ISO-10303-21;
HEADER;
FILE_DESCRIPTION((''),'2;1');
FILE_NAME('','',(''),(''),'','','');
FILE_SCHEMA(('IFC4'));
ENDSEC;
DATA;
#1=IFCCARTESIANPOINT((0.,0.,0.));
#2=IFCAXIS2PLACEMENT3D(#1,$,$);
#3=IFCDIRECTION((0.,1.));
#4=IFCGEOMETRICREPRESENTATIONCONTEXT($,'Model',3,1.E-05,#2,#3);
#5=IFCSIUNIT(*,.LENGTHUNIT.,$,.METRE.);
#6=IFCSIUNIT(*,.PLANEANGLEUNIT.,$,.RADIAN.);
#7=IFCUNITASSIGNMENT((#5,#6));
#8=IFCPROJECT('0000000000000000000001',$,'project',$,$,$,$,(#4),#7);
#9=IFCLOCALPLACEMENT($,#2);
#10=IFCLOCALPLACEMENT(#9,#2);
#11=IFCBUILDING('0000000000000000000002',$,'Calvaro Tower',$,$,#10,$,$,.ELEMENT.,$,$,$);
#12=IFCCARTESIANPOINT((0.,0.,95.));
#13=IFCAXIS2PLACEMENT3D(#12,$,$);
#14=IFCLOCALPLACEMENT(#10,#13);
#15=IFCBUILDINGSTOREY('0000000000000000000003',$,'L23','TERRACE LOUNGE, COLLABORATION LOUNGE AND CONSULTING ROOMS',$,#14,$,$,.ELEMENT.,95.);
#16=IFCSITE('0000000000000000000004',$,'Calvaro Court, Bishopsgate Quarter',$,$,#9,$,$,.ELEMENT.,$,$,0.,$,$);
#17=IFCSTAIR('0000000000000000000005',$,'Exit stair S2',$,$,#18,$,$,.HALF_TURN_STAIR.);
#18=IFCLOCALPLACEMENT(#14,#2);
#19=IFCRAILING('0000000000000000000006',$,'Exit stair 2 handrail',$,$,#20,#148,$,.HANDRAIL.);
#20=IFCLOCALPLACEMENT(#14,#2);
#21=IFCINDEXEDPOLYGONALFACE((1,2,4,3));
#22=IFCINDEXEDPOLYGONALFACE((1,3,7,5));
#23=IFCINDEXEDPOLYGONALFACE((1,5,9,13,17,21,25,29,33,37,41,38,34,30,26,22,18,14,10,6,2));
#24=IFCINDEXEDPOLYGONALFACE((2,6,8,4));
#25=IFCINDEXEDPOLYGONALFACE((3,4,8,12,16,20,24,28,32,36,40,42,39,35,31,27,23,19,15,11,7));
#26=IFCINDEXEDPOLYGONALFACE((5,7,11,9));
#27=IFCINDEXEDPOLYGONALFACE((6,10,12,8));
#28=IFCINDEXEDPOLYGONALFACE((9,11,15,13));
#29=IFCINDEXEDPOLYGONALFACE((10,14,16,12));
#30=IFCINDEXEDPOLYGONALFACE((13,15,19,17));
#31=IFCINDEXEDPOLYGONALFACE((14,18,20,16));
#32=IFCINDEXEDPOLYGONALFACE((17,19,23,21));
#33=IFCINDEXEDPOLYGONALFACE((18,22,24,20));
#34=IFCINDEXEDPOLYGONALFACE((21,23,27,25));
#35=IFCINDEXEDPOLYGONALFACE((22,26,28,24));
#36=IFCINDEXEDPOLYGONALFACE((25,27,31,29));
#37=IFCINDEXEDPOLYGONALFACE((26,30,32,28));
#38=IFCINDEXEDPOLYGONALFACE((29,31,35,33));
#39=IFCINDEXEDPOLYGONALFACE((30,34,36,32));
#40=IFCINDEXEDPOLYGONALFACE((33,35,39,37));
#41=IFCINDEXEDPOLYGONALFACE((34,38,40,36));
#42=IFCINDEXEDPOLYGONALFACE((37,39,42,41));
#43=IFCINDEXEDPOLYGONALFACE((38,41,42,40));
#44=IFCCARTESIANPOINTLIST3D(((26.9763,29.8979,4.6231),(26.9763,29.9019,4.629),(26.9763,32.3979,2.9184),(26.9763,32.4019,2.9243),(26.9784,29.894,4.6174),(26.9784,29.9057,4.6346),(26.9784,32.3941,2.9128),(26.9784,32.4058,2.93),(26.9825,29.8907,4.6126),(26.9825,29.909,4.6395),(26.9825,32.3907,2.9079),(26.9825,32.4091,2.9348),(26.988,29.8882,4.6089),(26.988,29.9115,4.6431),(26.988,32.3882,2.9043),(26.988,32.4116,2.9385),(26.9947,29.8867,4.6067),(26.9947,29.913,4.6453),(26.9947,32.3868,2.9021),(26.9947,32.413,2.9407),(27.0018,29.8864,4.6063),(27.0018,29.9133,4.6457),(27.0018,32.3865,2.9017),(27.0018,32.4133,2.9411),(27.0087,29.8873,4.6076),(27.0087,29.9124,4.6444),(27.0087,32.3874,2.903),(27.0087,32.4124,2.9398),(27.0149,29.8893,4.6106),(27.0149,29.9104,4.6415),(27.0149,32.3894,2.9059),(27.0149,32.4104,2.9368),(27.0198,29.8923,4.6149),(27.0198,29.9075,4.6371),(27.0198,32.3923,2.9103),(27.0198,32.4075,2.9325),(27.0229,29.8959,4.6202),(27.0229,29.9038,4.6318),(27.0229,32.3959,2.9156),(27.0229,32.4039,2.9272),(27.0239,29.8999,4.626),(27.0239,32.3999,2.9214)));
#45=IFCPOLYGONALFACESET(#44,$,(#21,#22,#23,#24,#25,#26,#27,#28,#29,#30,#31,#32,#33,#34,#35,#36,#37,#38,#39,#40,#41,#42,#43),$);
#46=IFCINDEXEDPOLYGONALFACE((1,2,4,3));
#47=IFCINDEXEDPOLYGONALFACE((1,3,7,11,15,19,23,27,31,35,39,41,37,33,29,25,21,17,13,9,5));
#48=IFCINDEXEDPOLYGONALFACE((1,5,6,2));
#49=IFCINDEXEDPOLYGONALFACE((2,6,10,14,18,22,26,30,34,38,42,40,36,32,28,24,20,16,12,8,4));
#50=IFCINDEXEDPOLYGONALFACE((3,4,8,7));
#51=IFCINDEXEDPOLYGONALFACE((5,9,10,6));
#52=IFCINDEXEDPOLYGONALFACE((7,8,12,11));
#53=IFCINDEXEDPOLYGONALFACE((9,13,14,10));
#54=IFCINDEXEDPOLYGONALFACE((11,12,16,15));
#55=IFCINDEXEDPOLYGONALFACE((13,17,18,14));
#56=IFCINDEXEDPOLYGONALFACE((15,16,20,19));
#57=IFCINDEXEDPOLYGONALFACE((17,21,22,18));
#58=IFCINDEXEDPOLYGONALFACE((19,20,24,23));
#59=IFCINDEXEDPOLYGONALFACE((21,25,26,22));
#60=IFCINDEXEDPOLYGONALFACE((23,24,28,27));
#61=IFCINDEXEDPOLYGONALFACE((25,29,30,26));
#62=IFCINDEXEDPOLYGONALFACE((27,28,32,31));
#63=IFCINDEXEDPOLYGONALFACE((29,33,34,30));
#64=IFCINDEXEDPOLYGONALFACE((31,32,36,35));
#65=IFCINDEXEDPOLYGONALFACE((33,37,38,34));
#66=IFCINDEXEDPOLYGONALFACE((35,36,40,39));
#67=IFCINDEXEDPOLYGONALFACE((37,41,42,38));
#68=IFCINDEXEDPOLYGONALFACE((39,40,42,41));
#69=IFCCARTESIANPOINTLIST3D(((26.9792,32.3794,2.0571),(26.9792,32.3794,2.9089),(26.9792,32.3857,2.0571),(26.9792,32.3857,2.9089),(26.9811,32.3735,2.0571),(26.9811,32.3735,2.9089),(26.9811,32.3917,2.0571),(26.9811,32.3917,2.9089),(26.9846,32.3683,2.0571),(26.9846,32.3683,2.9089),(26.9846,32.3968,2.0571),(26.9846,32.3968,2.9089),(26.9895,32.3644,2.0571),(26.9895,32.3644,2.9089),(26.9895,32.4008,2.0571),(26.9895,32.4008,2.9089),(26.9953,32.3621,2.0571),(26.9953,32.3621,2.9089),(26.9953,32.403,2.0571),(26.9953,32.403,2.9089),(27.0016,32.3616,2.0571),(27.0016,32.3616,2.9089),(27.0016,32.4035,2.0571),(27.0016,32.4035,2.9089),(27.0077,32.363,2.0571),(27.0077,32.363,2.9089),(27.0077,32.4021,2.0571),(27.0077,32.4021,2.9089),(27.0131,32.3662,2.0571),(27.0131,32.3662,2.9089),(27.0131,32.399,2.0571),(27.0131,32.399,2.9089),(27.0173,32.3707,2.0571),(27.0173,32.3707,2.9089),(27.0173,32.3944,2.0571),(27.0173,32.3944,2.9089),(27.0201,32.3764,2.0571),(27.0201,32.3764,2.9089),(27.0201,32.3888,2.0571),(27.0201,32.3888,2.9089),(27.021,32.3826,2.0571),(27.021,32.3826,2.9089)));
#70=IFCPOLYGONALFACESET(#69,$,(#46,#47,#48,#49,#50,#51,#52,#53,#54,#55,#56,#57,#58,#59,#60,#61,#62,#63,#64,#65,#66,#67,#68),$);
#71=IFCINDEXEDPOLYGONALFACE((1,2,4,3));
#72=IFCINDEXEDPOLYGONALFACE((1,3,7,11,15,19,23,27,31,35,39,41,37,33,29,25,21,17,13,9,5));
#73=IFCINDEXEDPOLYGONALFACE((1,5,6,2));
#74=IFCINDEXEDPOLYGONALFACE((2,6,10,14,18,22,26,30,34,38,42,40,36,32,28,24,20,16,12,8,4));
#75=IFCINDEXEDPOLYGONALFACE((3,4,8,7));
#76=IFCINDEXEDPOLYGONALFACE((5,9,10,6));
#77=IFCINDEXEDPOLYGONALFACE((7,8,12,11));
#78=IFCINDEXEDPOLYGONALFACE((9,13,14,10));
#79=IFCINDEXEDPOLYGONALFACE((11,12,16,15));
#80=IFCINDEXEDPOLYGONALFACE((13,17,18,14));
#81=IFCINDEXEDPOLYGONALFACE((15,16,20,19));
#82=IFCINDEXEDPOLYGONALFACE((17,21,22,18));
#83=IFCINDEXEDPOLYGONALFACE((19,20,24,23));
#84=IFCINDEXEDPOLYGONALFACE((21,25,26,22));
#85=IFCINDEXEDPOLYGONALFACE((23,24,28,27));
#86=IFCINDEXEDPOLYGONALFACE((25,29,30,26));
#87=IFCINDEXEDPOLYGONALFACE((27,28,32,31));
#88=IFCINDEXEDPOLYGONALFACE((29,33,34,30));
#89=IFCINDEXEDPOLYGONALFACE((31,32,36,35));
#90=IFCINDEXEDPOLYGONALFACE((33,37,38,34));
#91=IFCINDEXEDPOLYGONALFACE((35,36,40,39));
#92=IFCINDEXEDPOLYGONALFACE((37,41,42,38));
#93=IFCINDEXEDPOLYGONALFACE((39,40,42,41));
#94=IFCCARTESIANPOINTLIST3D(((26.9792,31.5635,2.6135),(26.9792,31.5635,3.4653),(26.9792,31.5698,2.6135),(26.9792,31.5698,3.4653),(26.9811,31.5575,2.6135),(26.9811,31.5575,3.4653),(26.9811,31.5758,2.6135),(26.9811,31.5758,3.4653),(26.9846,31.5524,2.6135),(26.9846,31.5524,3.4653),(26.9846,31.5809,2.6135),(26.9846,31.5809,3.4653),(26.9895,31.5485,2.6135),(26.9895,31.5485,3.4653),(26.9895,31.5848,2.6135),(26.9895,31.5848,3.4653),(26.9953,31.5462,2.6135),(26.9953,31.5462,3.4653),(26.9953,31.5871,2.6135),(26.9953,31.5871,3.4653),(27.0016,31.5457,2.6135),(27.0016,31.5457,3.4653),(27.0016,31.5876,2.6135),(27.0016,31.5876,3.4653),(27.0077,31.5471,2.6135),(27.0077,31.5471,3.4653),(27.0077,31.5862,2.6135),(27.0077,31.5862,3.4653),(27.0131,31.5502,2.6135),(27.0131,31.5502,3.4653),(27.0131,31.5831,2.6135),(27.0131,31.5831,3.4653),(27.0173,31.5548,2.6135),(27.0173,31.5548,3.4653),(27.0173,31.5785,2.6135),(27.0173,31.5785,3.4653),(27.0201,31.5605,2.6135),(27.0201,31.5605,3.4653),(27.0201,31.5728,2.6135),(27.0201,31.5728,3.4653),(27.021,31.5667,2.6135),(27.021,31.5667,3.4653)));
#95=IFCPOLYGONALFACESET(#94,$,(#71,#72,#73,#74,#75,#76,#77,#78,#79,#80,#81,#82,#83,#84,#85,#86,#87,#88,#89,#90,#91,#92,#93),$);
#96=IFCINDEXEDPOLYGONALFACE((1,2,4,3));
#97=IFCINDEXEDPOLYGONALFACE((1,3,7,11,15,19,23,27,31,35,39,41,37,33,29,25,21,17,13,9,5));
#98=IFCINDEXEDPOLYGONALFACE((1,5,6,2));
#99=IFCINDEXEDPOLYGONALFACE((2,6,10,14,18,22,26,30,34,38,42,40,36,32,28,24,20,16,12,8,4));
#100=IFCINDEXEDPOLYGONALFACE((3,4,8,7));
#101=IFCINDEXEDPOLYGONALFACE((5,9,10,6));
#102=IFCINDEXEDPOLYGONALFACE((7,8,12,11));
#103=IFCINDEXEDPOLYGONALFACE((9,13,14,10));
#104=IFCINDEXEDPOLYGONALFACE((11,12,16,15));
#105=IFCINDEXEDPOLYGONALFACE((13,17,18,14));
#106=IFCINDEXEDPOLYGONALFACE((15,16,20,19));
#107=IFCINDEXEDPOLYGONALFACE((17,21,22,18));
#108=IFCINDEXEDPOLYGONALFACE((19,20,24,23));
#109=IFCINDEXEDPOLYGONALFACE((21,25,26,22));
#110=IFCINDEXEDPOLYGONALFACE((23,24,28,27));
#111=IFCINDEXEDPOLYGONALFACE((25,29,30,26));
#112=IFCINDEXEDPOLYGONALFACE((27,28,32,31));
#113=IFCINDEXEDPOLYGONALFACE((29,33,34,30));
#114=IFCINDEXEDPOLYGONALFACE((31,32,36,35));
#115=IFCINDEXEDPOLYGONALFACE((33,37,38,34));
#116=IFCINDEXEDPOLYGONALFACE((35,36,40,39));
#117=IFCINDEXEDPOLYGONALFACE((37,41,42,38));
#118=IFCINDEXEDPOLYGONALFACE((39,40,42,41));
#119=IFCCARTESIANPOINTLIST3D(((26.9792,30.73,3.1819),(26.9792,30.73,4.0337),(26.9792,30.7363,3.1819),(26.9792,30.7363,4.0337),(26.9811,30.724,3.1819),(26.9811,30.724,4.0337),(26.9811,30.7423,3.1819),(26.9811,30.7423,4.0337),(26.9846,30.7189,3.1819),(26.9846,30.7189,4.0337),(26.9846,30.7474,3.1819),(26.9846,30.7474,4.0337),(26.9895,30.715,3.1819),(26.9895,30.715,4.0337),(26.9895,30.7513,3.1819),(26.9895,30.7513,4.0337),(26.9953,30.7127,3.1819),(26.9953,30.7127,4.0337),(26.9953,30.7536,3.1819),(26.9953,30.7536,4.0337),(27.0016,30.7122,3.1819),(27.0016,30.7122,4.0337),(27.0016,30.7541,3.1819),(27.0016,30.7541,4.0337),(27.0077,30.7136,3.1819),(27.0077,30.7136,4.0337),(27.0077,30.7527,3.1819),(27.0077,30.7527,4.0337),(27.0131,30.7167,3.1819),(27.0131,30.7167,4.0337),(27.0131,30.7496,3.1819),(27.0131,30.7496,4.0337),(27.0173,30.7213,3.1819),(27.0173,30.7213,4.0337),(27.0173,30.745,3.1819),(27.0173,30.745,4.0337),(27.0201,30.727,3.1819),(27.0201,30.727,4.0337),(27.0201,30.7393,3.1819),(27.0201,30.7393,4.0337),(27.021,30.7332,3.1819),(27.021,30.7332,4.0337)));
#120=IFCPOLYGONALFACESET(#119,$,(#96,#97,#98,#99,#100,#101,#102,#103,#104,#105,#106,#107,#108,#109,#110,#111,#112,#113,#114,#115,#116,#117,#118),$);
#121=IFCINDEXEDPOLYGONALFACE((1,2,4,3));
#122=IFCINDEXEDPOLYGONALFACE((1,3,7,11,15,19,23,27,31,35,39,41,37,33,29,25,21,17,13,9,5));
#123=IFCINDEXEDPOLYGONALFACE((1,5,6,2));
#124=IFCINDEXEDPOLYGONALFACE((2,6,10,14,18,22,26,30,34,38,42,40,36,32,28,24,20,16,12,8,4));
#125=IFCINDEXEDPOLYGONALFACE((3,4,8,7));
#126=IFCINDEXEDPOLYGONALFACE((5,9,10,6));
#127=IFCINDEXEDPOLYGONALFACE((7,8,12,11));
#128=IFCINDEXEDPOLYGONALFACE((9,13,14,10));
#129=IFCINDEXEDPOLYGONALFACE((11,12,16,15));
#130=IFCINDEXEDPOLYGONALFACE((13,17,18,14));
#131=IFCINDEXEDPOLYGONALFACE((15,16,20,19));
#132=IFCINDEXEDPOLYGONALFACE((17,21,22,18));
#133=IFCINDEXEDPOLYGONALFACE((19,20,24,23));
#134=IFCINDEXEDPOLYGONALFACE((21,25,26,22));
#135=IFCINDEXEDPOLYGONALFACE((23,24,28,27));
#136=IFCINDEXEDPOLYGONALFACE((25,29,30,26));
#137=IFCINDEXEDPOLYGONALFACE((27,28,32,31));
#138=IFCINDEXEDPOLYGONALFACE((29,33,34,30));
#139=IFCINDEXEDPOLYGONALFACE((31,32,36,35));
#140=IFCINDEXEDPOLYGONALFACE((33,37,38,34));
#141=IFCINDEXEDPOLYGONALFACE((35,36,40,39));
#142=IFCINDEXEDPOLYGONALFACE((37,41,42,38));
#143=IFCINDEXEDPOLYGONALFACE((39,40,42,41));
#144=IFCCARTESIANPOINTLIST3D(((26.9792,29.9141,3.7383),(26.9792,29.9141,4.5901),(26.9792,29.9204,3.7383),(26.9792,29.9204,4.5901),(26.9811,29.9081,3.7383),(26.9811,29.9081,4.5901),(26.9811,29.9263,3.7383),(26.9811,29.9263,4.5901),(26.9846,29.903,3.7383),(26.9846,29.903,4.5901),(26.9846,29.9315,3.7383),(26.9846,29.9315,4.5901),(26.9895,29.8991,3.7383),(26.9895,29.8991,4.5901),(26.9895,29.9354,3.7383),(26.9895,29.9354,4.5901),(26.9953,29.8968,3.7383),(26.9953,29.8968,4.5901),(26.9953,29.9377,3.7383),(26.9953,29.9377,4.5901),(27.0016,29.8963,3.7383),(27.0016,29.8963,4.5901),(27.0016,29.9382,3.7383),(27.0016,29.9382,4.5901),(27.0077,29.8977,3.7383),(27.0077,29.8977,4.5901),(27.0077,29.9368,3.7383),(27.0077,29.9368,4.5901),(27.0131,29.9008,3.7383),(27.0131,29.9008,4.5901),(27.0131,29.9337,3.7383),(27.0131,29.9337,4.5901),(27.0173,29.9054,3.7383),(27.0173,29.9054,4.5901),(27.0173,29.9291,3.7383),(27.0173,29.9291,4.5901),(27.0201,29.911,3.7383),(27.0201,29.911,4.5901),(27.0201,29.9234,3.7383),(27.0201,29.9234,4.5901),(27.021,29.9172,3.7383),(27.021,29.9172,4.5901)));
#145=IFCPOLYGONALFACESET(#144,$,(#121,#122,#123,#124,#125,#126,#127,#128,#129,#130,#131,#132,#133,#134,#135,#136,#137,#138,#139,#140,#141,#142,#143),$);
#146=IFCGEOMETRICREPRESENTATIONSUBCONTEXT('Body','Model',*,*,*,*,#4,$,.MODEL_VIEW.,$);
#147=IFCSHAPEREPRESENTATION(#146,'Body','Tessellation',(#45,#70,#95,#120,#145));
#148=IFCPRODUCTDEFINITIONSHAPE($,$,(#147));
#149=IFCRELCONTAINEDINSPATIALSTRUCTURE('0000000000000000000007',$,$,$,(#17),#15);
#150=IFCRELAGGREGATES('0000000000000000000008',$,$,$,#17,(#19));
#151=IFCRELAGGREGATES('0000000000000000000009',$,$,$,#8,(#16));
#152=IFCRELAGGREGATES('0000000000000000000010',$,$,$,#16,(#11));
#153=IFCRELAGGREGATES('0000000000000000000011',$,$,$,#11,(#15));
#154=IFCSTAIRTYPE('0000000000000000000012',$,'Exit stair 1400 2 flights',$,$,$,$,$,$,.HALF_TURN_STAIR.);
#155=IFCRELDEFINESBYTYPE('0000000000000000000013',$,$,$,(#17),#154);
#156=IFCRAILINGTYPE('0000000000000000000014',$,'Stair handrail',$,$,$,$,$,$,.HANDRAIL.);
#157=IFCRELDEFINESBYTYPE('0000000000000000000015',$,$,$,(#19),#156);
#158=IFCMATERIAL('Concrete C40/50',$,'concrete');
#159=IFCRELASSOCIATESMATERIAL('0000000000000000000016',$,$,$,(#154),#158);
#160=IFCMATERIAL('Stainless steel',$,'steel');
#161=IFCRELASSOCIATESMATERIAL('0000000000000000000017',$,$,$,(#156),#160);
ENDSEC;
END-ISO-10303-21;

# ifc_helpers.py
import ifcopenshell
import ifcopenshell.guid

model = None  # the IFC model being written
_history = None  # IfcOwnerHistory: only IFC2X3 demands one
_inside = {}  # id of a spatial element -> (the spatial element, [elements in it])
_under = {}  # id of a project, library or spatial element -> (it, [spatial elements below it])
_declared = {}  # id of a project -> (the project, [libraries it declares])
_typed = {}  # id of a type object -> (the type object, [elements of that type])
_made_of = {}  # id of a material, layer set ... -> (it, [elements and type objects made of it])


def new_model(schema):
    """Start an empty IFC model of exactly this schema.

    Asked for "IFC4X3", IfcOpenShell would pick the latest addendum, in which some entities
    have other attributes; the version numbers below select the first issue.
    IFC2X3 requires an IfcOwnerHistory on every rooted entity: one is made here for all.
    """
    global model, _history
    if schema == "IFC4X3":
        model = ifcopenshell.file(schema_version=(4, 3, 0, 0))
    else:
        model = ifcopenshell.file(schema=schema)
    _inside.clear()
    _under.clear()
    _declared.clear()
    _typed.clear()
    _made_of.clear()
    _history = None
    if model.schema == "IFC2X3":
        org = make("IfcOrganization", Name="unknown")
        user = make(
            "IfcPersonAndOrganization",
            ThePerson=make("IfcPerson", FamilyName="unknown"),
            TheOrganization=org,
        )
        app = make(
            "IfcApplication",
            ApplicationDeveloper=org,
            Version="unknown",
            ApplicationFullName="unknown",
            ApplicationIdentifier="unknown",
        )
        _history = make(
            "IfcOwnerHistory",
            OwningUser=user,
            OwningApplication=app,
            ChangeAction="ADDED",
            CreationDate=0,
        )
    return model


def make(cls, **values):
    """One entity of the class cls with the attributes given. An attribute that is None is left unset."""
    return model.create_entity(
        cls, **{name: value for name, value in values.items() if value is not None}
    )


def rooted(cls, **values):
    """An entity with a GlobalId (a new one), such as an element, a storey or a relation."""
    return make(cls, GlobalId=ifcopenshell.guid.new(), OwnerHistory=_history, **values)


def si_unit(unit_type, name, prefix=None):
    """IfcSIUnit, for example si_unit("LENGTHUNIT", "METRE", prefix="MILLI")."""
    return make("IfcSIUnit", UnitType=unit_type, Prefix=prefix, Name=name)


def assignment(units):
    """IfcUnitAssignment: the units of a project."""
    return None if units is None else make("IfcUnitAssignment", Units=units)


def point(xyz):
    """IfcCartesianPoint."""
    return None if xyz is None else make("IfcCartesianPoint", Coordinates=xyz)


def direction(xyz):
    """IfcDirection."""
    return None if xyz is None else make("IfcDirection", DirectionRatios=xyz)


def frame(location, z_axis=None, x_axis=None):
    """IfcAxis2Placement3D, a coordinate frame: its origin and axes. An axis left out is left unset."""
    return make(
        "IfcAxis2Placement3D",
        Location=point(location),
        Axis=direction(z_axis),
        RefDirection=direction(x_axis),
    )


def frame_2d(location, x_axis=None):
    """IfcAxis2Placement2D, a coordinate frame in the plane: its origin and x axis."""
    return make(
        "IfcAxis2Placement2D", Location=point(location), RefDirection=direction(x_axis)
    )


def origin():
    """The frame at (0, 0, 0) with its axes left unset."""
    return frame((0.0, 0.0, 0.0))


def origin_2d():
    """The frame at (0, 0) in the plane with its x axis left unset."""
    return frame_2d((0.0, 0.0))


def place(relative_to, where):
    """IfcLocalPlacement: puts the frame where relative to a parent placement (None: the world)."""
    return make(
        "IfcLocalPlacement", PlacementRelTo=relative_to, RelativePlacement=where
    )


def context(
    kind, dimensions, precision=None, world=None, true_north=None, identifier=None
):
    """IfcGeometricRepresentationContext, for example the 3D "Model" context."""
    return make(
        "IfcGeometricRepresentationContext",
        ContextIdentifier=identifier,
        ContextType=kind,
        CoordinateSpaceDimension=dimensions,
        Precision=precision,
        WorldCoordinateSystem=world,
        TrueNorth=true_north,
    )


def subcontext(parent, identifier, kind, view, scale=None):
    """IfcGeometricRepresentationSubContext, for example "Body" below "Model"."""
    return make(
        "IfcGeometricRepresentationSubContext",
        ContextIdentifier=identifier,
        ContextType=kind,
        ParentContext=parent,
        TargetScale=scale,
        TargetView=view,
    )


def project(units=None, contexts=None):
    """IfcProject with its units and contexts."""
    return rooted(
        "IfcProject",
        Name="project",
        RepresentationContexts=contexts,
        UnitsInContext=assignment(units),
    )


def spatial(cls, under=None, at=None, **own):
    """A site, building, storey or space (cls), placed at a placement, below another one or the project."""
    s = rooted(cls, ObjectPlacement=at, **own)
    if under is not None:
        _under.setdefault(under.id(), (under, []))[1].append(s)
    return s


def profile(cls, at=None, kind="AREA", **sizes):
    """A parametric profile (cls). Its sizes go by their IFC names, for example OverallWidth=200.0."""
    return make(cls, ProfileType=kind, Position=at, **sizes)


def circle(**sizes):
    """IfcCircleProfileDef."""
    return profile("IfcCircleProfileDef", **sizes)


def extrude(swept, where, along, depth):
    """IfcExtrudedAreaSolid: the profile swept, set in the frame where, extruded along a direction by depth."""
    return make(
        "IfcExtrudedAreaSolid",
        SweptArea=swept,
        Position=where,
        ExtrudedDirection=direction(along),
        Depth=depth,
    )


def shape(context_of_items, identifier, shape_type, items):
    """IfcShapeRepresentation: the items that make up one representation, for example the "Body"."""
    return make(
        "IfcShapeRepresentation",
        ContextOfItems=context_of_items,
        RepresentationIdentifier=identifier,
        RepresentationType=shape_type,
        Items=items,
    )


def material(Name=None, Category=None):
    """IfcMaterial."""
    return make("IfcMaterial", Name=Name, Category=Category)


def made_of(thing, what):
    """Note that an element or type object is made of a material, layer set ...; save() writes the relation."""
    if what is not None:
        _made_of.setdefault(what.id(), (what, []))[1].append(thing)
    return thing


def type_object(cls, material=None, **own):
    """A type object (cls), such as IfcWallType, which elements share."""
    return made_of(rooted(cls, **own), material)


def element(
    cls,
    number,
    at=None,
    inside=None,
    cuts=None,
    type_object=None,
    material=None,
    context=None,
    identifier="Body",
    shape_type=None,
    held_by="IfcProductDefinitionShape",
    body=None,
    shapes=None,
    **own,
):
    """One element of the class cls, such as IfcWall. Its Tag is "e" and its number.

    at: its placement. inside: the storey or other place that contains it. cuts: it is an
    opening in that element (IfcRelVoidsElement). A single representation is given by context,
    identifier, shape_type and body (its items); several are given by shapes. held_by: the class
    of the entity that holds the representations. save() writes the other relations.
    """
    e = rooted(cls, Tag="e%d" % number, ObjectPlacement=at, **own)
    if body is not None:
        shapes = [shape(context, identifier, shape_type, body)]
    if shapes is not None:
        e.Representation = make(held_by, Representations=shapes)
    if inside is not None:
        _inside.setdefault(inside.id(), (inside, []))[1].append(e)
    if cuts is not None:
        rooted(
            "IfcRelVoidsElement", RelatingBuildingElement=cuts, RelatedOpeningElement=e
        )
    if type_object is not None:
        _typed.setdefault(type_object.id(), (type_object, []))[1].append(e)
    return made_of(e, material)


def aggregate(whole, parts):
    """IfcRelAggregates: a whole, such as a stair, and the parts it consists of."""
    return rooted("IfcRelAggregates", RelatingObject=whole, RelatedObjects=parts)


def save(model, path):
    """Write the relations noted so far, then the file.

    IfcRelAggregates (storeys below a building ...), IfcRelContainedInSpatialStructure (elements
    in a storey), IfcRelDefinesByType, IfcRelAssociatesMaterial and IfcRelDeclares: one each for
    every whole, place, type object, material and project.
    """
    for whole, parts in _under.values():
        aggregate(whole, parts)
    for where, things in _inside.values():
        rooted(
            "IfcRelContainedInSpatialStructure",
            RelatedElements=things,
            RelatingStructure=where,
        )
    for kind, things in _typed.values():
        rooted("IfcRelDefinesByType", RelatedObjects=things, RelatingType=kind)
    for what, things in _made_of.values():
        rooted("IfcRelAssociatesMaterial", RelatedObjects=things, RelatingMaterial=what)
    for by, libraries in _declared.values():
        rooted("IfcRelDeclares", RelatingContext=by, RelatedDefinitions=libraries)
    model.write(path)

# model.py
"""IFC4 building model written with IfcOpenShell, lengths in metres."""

from ifc_helpers import new_model, si_unit, direction, frame, origin, origin_2d, place, context, subcontext, project, spatial, circle, extrude, material, type_object, element, aggregate, save


model = new_model("IFC4")

# Units and contexts
model_context = context("Model", 3, precision=1e-05, world=origin(), true_north=direction((0.0, 1.0)))
body_context = subcontext(model_context, "Body", "Model", "MODEL_VIEW")
ifc_project = project(units=[si_unit("LENGTHUNIT", "METRE"), si_unit("PLANEANGLEUNIT", "RADIAN")], contexts=[model_context])

# Site, building, storey
site_placement = place(None, origin())
site = spatial("IfcSite", under=ifc_project, at=site_placement, Name="Calvaro Court, Bishopsgate Quarter", CompositionType="ELEMENT", RefElevation=0.0)
building_placement = place(site_placement, origin())
building = spatial("IfcBuilding", under=site, at=building_placement, Name="Calvaro Tower", CompositionType="ELEMENT")
storey_placement = place(building_placement, frame((0.0, 0.0, 95.0)))
storey = spatial("IfcBuildingStorey", under=building, at=storey_placement, Name="L23", Description="TERRACE LOUNGE, COLLABORATION LOUNGE AND CONSULTING ROOMS", CompositionType="ELEMENT", Elevation=95.0)

# Stair, railing
ifc_material_1 = material(Name="Concrete C40/50", Category="concrete")
stair_type = type_object("IfcStairType", Name="Exit stair 1400 2 flights", PredefinedType="HALF_TURN_STAIR", material=ifc_material_1)
stair_placement = place(storey_placement, origin())
stair = element("IfcStair", 1, at=stair_placement, inside=storey, type_object=stair_type, Name="Exit stair S2", PredefinedType="HALF_TURN_STAIR")
ifc_material_2 = material(Name="Stainless steel", Category="steel")
railing_type = type_object("IfcRailingType", Name="Stair handrail", PredefinedType="HANDRAIL", material=ifc_material_2)
railing_1_placement = place(storey_placement, frame((27.0, 32.3999, 2.0454)))
railing_1 = element("IfcRailing", 2, at=railing_1_placement, type_object=railing_type, Name="Exit stair 2 handrail", PredefinedType="HANDRAIL", context=body_context, shape_type="SweptSolid", body=[
    extrude(circle(Radius=0.0239, at=origin_2d()), frame((0.0, 0.0, 0.876), z_axis=(0.0, -0.826221, 0.563347), x_axis=(1.0, 0.0, 0.0)), (0.0, 0.0, 1.0), 3.0259),
    extrude(circle(Radius=0.021, at=origin_2d()), frame((0.0, -0.0173, 0.0117)), (0.0, 0.0, 1.0), 0.8518),
    extrude(circle(Radius=0.021, at=origin_2d()), frame((0.0, -0.8333, 0.5681)), (0.0, 0.0, 1.0), 0.8518),
    extrude(circle(Radius=0.021, at=origin_2d()), frame((0.0, -1.6667, 1.1365)), (0.0, 0.0, 1.0), 0.8518),
    extrude(circle(Radius=0.021, at=origin_2d()), frame((0.0, -2.4827, 1.6929)), (0.0, 0.0, 1.0), 0.8518),
])
aggregate(stair, [railing_1])

save(model, "model.ifc")
